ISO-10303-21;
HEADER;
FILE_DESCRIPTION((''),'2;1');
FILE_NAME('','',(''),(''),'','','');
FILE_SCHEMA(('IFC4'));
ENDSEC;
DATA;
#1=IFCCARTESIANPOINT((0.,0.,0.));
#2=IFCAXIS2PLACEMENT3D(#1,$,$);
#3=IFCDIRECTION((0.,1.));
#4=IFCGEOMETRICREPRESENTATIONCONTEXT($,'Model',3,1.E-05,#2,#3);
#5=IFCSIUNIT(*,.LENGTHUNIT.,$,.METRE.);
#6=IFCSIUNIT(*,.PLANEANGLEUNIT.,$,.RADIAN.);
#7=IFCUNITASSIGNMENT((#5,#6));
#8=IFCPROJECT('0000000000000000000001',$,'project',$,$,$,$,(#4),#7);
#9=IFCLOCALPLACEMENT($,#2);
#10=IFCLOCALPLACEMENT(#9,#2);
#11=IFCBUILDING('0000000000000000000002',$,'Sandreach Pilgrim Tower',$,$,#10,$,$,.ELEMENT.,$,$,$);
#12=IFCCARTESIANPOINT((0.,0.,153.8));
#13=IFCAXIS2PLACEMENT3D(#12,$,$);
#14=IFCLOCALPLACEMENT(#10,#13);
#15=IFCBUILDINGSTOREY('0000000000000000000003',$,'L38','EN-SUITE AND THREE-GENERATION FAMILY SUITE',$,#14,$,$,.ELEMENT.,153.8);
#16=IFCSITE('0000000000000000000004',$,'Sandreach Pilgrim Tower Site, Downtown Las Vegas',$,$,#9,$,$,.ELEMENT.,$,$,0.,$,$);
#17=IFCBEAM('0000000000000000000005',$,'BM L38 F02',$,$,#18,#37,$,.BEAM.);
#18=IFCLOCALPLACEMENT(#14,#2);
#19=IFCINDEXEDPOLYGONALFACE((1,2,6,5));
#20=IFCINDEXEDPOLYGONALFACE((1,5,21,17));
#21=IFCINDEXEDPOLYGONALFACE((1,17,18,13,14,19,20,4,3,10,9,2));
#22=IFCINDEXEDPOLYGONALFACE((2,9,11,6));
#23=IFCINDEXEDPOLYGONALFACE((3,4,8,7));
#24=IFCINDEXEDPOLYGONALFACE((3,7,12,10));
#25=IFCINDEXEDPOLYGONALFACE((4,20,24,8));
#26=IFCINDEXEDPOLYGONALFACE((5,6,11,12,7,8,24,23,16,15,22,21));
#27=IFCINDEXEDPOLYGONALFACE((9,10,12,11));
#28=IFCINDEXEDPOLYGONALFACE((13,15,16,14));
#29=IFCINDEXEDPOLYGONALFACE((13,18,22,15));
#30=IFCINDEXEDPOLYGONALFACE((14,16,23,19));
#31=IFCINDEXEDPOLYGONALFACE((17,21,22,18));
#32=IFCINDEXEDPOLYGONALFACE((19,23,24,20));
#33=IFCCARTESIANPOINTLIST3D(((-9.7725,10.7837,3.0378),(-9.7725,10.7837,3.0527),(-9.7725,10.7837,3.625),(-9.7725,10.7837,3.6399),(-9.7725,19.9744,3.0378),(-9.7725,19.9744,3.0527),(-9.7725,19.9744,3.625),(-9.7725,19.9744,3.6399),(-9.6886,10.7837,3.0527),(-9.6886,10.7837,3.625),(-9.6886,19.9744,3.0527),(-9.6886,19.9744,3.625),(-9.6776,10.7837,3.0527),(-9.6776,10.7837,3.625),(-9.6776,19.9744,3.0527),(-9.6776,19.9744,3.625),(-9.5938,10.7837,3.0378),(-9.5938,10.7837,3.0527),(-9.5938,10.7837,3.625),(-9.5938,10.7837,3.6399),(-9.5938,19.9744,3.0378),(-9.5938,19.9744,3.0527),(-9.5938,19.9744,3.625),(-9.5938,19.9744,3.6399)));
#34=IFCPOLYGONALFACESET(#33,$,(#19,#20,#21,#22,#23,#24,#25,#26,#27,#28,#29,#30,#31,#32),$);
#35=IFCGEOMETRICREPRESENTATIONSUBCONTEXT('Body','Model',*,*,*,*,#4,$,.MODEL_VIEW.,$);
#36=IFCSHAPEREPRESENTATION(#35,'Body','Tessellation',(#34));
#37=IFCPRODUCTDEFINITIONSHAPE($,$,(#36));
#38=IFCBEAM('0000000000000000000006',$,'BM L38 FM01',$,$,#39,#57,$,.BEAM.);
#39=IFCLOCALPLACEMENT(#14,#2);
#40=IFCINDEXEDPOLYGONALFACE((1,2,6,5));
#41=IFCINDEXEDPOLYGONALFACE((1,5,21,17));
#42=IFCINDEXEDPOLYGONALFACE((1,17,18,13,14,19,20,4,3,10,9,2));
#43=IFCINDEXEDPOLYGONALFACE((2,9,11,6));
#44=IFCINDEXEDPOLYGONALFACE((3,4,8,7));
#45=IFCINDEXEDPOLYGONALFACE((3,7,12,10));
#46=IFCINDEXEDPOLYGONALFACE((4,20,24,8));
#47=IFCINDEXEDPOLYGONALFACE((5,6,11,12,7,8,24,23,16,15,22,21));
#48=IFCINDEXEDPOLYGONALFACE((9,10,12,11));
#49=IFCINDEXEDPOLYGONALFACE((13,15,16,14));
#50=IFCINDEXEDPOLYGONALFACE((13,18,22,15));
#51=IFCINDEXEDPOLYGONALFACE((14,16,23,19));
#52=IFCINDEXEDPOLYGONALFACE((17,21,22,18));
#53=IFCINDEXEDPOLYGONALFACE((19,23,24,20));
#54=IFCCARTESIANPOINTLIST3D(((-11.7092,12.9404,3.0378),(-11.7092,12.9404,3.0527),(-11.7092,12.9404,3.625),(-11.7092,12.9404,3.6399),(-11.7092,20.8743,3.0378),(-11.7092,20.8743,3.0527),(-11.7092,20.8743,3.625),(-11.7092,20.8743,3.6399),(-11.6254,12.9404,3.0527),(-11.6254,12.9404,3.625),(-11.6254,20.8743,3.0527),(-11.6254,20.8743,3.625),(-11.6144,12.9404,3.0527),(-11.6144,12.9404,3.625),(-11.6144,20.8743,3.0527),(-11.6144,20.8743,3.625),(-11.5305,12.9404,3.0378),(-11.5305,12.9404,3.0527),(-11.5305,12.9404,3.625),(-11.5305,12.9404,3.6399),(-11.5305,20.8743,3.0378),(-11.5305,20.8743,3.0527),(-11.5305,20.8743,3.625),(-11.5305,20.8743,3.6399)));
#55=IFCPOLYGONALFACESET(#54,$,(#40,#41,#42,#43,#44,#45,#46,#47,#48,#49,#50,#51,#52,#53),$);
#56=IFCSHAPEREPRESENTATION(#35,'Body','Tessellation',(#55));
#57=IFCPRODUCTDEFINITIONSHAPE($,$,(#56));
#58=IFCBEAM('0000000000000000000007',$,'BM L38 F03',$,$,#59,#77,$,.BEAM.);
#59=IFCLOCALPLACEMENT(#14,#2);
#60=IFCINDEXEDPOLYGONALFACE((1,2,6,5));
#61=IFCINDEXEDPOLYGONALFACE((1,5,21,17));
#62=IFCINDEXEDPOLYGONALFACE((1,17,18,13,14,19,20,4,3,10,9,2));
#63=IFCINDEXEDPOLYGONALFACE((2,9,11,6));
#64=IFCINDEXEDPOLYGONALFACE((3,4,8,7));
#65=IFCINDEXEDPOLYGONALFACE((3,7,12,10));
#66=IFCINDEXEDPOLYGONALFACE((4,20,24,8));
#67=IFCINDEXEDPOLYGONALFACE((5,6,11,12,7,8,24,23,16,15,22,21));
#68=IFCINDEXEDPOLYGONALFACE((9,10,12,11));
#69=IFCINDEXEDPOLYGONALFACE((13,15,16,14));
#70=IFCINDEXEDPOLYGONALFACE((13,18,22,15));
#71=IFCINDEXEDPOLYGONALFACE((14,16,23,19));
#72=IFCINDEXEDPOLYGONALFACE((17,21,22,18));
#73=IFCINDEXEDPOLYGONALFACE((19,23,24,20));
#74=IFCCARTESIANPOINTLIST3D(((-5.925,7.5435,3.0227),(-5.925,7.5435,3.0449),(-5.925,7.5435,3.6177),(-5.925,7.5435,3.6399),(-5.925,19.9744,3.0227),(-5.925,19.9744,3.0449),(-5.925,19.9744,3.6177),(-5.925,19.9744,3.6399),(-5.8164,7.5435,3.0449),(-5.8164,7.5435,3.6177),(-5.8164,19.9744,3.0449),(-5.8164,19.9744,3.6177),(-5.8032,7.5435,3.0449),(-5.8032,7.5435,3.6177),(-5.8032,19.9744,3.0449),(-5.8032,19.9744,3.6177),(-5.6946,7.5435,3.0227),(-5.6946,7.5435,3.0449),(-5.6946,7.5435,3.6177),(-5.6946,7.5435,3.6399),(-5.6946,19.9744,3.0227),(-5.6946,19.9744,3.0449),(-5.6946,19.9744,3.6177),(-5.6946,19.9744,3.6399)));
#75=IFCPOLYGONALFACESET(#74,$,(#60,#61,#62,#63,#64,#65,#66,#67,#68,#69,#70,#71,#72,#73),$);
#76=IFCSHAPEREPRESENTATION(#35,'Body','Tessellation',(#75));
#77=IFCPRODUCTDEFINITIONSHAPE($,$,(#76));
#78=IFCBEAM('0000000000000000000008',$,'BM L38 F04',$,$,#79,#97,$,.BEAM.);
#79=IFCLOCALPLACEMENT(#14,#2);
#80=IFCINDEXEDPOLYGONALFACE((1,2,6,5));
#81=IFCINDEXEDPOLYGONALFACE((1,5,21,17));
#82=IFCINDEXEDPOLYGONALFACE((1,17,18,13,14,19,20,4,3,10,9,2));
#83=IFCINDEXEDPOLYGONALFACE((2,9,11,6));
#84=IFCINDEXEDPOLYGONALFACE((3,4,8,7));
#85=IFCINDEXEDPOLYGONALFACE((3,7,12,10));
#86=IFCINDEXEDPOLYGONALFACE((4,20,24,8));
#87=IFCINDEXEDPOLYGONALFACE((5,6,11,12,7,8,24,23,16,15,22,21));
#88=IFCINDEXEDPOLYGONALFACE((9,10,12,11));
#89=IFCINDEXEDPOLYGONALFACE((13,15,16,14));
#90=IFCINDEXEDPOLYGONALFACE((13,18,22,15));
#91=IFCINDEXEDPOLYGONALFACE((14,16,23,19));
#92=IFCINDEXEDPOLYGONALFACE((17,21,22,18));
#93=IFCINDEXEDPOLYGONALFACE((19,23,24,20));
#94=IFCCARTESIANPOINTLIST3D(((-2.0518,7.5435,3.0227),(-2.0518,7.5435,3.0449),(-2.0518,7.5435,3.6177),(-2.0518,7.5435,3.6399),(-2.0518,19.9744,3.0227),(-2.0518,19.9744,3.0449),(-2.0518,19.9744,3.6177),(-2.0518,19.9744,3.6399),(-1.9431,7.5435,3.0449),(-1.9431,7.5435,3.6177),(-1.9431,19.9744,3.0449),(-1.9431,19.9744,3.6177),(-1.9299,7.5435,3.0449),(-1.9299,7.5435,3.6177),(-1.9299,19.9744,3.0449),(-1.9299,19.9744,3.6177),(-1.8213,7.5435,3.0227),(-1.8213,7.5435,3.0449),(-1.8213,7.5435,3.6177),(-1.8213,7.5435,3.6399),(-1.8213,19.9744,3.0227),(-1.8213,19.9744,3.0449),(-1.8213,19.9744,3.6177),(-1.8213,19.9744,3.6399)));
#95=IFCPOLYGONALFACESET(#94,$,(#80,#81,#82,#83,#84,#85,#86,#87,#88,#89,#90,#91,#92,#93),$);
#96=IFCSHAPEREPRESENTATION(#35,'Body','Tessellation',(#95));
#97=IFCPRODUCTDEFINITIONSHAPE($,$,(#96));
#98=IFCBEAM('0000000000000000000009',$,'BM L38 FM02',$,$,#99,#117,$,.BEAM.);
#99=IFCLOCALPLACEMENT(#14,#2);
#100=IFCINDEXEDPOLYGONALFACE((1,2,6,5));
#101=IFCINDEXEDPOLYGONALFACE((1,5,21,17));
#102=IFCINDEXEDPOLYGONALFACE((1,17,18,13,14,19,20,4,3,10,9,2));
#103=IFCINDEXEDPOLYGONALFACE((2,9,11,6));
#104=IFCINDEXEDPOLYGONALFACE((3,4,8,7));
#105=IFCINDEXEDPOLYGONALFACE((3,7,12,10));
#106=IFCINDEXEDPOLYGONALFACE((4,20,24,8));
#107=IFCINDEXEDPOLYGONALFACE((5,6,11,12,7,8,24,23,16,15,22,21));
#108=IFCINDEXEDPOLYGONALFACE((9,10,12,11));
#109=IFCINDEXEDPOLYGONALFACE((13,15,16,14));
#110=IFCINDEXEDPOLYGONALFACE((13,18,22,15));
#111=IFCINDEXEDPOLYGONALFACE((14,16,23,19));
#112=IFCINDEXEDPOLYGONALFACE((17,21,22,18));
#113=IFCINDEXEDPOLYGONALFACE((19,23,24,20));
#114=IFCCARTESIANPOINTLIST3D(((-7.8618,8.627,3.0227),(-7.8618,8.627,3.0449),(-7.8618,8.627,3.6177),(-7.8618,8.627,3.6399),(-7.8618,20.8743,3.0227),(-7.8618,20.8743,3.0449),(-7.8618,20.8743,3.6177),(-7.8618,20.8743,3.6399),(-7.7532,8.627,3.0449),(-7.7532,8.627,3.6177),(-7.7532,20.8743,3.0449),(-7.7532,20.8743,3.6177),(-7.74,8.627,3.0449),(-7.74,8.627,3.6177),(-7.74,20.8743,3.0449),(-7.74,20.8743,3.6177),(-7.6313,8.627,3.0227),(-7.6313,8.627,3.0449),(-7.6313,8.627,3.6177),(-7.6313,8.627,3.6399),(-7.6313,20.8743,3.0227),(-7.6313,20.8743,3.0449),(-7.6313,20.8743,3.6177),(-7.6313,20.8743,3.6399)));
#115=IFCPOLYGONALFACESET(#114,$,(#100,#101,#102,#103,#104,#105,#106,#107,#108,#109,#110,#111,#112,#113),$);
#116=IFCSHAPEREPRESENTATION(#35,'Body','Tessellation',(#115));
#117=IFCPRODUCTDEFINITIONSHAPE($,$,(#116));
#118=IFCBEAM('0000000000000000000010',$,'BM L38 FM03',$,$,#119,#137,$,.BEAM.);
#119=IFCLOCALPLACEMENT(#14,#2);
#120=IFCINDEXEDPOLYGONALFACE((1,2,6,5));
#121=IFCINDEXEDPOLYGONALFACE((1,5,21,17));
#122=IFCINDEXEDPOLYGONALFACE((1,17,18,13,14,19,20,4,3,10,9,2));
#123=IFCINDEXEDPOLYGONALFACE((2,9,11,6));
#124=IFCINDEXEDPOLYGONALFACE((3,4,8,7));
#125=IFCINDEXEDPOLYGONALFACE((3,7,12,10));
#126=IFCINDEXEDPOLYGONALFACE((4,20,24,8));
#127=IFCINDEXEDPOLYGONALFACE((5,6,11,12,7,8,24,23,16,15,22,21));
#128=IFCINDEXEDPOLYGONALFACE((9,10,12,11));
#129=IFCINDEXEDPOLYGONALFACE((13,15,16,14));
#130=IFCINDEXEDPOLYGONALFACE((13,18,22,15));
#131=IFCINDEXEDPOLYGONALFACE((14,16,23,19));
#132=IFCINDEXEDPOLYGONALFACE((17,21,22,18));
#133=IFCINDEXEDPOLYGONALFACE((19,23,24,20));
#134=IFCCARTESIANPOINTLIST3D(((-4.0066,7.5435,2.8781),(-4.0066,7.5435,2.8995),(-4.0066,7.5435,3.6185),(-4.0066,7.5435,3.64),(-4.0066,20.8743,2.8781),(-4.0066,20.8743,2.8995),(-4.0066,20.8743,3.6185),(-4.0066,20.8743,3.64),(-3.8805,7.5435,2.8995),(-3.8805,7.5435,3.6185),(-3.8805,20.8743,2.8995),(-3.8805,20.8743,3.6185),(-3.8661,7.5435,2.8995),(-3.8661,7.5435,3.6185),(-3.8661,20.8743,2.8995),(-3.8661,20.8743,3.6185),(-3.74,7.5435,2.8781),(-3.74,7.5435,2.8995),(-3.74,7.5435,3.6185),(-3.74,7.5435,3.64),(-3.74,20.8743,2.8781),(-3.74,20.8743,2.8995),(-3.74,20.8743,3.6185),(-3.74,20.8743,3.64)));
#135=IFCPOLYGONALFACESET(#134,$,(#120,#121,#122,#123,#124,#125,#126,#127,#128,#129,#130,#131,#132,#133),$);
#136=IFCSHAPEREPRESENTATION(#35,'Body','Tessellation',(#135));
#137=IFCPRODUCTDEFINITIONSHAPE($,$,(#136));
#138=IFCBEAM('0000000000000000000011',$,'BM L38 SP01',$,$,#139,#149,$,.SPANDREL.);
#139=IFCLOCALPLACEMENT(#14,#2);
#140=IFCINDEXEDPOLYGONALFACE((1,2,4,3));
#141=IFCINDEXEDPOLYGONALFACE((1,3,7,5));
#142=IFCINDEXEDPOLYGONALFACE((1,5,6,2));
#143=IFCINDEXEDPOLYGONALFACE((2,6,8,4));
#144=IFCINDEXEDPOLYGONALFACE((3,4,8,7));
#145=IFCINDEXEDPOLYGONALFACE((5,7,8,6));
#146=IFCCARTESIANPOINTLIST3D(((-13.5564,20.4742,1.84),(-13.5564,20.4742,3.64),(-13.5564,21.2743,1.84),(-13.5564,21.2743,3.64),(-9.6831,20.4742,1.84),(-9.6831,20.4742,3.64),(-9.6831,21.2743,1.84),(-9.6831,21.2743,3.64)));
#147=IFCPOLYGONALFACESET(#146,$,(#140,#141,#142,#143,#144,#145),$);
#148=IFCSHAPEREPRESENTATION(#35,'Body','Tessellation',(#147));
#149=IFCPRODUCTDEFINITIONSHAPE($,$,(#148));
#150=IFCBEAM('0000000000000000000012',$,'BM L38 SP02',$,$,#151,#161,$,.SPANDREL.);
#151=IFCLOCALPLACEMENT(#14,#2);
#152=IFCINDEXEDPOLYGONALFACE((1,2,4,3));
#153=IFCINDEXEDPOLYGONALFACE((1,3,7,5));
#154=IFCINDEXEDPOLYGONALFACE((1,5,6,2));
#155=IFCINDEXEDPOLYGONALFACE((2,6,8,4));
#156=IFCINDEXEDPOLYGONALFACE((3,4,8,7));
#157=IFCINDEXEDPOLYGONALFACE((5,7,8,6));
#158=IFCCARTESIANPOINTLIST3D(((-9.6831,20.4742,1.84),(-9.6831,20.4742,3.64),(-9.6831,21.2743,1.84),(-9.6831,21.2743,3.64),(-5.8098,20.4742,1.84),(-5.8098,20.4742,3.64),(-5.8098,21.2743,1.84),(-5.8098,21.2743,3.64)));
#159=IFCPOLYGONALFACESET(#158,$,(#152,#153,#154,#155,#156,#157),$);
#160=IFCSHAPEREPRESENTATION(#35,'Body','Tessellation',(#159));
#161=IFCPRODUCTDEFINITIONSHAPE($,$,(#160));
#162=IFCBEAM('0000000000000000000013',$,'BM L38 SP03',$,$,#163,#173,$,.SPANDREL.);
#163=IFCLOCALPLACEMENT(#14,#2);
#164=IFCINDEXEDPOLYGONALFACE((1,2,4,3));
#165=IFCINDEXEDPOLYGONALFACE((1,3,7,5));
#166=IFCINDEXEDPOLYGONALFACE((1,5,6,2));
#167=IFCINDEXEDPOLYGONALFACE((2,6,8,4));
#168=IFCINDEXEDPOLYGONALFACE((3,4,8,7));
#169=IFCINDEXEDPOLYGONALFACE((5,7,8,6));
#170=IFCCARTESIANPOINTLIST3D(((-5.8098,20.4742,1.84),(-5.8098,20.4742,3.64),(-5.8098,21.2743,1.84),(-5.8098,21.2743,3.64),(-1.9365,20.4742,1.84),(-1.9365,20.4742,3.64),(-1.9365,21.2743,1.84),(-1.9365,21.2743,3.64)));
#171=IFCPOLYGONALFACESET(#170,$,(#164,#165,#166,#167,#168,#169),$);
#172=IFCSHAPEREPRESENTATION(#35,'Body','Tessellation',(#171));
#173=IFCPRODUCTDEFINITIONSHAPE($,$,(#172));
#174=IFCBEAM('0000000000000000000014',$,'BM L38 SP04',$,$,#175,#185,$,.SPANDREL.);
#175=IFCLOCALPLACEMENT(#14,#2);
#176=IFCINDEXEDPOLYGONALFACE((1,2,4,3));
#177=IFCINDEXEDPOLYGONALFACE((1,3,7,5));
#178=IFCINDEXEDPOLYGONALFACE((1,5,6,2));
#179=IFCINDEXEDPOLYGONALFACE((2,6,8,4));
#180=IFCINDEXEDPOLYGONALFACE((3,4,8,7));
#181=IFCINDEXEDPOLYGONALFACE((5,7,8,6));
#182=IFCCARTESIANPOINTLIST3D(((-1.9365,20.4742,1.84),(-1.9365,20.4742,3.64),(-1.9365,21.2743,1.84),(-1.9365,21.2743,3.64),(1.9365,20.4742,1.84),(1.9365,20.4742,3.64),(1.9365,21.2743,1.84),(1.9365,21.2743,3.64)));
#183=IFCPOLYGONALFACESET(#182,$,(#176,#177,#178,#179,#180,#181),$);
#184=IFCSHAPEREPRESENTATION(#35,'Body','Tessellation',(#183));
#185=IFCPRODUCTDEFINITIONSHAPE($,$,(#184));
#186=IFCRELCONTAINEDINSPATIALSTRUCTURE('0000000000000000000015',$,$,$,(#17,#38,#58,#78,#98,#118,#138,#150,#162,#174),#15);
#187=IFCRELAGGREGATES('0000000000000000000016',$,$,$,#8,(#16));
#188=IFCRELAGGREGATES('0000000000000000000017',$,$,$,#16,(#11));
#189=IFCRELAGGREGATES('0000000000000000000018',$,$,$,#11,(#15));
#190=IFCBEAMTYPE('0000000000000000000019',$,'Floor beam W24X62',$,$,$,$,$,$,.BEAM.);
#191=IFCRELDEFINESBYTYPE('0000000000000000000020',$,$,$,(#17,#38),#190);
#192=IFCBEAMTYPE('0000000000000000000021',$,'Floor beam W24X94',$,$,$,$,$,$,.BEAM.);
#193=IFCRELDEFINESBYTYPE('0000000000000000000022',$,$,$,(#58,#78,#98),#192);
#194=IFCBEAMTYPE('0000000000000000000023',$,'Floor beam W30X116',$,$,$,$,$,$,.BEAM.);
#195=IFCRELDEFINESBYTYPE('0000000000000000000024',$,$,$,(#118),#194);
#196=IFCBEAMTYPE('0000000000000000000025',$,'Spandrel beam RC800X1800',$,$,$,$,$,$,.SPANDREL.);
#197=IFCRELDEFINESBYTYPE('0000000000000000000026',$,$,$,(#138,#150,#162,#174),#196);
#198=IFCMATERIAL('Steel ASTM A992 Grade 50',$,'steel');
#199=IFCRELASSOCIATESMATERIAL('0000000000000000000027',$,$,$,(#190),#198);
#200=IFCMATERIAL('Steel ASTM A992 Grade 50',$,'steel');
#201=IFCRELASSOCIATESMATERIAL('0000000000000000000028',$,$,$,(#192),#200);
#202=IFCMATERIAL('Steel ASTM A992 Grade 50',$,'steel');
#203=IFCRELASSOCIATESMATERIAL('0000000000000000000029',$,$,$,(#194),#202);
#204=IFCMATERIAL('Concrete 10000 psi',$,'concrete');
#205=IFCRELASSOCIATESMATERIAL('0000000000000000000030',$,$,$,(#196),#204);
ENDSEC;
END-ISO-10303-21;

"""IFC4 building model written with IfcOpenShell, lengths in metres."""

from ifc_helpers import new_model, si_unit, direction, frame, origin, origin_2d, place, context, subcontext, project, spatial, rectangle, i_section, extrude, material, material_profile, profile_set, type_object, element, save


model = new_model("IFC4")

# Units and contexts
model_context = context("Model", 3, precision=1e-05, world=origin(), true_north=direction((0.0, 1.0)))
body_context = subcontext(model_context, "Body", "Model", "MODEL_VIEW")
ifc_project = project(units=[si_unit("LENGTHUNIT", "METRE"), si_unit("PLANEANGLEUNIT", "RADIAN")], contexts=[model_context])

# Site, building, storey
site_placement = place(None, origin())
site = spatial("IfcSite", under=ifc_project, at=site_placement, Name="Sandreach Pilgrim Tower Site, Downtown Las Vegas", CompositionType="ELEMENT", RefElevation=0.0)
building_placement = place(site_placement, origin())
building = spatial("IfcBuilding", under=site, at=building_placement, Name="Sandreach Pilgrim Tower", CompositionType="ELEMENT")
storey_placement = place(building_placement, frame((0.0, 0.0, 153.8)))
storey = spatial("IfcBuildingStorey", under=building, at=storey_placement, Name="L38", Description="EN-SUITE AND THREE-GENERATION FAMILY SUITE", CompositionType="ELEMENT", Elevation=153.8)

# Beams
ifc_material_1 = material(Name="Steel ASTM A992 Grade 50", Category="steel")
ifc_material_profile_1 = material_profile(ifc_material_1, i_section(OverallWidth=0.1787, OverallDepth=0.6021, WebThickness=0.011, FlangeThickness=0.0149, at=origin_2d()), Name="W24X62")
ifc_profile_set_1 = profile_set([ifc_material_profile_1], Name="Steel ASTM A992 Grade 50")
beam_type_1 = type_object("IfcBeamType", Name="Floor beam W24X62", PredefinedType="BEAM", material=ifc_profile_set_1)
beam_1_placement = place(storey_placement, frame((-9.6831, 19.9744, 3.3389), z_axis=(0.0, -1.0, 0.0), x_axis=(1.0, 0.0, 0.0)))
element("IfcBeam", 1, at=beam_1_placement, inside=storey, type_object=beam_type_1, Name="BM L38 F02", PredefinedType="BEAM", context=body_context, shape_type="SweptSolid", body=[
    extrude(i_section(OverallWidth=0.1787, OverallDepth=0.6021, WebThickness=0.011, FlangeThickness=0.0149, at=origin_2d()), origin(), (0.0, 0.0, 1.0), 9.1907),
])
beam_2_placement = place(storey_placement, frame((-11.6199, 20.8743, 3.3389), z_axis=(0.0, -1.0, 0.0), x_axis=(1.0, 0.0, 0.0)))
element("IfcBeam", 2, at=beam_2_placement, inside=storey, type_object=beam_type_1, Name="BM L38 FM01", PredefinedType="BEAM", context=body_context, shape_type="SweptSolid", body=[
    extrude(i_section(OverallWidth=0.1787, OverallDepth=0.6021, WebThickness=0.011, FlangeThickness=0.0149, at=origin_2d()), origin(), (0.0, 0.0, 1.0), 7.9338),
])
ifc_material_2 = material(Name="Steel ASTM A992 Grade 50", Category="steel")
ifc_material_profile_2 = material_profile(ifc_material_2, i_section(OverallWidth=0.2305, OverallDepth=0.6172, WebThickness=0.0132, FlangeThickness=0.0222, at=origin_2d()), Name="W24X94")
ifc_profile_set_2 = profile_set([ifc_material_profile_2], Name="Steel ASTM A992 Grade 50")
beam_type_2 = type_object("IfcBeamType", Name="Floor beam W24X94", PredefinedType="BEAM", material=ifc_profile_set_2)
for number, where, z_axis, x_axis, name in (
    (3, (-5.8098, 19.9744, 3.3313), (0.0, -1.0, 0.0), (1.0, 0.0, 0.0), "BM L38 F03"),
    (4, (-1.9365, 19.9744, 3.3313), (0.0, -1.0, 0.0), (1.0, 0.0, 0.0), "BM L38 F04"),
):
    element("IfcBeam", number, at=place(storey_placement, frame(where, z_axis=z_axis, x_axis=x_axis)), inside=storey, type_object=beam_type_2, Name=name, PredefinedType="BEAM", context=body_context, shape_type="SweptSolid", body=[
        extrude(i_section(OverallWidth=0.2305, OverallDepth=0.6172, WebThickness=0.0132, FlangeThickness=0.0222, at=origin_2d()), origin(), (0.0, 0.0, 1.0), 12.4309),
    ])
beam_3_placement = place(storey_placement, frame((-7.7466, 20.8743, 3.3313), z_axis=(0.0, -1.0, 0.0), x_axis=(1.0, 0.0, 0.0)))
element("IfcBeam", 5, at=beam_3_placement, inside=storey, type_object=beam_type_2, Name="BM L38 FM02", PredefinedType="BEAM", context=body_context, shape_type="SweptSolid", body=[
    extrude(i_section(OverallWidth=0.2305, OverallDepth=0.6172, WebThickness=0.0132, FlangeThickness=0.0222, at=origin_2d()), origin(), (0.0, 0.0, 1.0), 12.2473),
])
ifc_material_3 = material(Name="Steel ASTM A992 Grade 50", Category="steel")
ifc_material_profile_3 = material_profile(ifc_material_3, i_section(OverallWidth=0.2666, OverallDepth=0.762, WebThickness=0.0144, FlangeThickness=0.0215, at=origin_2d()), Name="W30X116")
ifc_profile_set_3 = profile_set([ifc_material_profile_3], Name="Steel ASTM A992 Grade 50")
beam_type_3 = type_object("IfcBeamType", Name="Floor beam W30X116", PredefinedType="BEAM", material=ifc_profile_set_3)
beam_4_placement = place(storey_placement, frame((-3.8733, 20.8743, 3.259), z_axis=(0.0, -1.0, 0.0), x_axis=(1.0, 0.0, 0.0)))
element("IfcBeam", 6, at=beam_4_placement, inside=storey, type_object=beam_type_3, Name="BM L38 FM03", PredefinedType="BEAM", context=body_context, shape_type="SweptSolid", body=[
    extrude(i_section(OverallWidth=0.2666, OverallDepth=0.762, WebThickness=0.0144, FlangeThickness=0.0215, at=origin_2d()), origin(), (0.0, 0.0, 1.0), 13.3308),
])
ifc_material_4 = material(Name="Concrete 10000 psi", Category="concrete")
ifc_material_profile_4 = material_profile(ifc_material_4, rectangle(XDim=0.8, YDim=1.8, at=origin_2d()), Name="RC800X1800")
ifc_profile_set_4 = profile_set([ifc_material_profile_4], Name="Concrete 10000 psi")
beam_type_4 = type_object("IfcBeamType", Name="Spandrel beam RC800X1800", PredefinedType="SPANDREL", material=ifc_profile_set_4)
for number, where, z_axis, x_axis, name in (
    (7, (-13.5564, 20.8743, 2.74), (1.0, 0.0, 0.0), (0.0, 1.0, 0.0), "BM L38 SP01"),
    (8, (-9.6831, 20.8743, 2.74), (1.0, 0.0, 0.0), (0.0, 1.0, 0.0), "BM L38 SP02"),
    (9, (-5.8098, 20.8743, 2.74), (1.0, 0.0, 0.0), (0.0, 1.0, 0.0), "BM L38 SP03"),
):
    element("IfcBeam", number, at=place(storey_placement, frame(where, z_axis=z_axis, x_axis=x_axis)), inside=storey, type_object=beam_type_4, Name=name, PredefinedType="SPANDREL", context=body_context, shape_type="SweptSolid", body=[
        extrude(rectangle(XDim=0.8, YDim=1.8, at=origin_2d()), origin(), (0.0, 0.0, 1.0), 3.8733),
    ])
beam_5_placement = place(storey_placement, frame((-1.9365, 20.8743, 2.74), z_axis=(1.0, 0.0, 0.0), x_axis=(0.0, 1.0, 0.0)))
element("IfcBeam", 10, at=beam_5_placement, inside=storey, type_object=beam_type_4, Name="BM L38 SP04", PredefinedType="SPANDREL", context=body_context, shape_type="SweptSolid", body=[
    extrude(rectangle(XDim=0.8, YDim=1.8, at=origin_2d()), origin(), (0.0, 0.0, 1.0), 3.873),
])

save(model, "model.ifc")
